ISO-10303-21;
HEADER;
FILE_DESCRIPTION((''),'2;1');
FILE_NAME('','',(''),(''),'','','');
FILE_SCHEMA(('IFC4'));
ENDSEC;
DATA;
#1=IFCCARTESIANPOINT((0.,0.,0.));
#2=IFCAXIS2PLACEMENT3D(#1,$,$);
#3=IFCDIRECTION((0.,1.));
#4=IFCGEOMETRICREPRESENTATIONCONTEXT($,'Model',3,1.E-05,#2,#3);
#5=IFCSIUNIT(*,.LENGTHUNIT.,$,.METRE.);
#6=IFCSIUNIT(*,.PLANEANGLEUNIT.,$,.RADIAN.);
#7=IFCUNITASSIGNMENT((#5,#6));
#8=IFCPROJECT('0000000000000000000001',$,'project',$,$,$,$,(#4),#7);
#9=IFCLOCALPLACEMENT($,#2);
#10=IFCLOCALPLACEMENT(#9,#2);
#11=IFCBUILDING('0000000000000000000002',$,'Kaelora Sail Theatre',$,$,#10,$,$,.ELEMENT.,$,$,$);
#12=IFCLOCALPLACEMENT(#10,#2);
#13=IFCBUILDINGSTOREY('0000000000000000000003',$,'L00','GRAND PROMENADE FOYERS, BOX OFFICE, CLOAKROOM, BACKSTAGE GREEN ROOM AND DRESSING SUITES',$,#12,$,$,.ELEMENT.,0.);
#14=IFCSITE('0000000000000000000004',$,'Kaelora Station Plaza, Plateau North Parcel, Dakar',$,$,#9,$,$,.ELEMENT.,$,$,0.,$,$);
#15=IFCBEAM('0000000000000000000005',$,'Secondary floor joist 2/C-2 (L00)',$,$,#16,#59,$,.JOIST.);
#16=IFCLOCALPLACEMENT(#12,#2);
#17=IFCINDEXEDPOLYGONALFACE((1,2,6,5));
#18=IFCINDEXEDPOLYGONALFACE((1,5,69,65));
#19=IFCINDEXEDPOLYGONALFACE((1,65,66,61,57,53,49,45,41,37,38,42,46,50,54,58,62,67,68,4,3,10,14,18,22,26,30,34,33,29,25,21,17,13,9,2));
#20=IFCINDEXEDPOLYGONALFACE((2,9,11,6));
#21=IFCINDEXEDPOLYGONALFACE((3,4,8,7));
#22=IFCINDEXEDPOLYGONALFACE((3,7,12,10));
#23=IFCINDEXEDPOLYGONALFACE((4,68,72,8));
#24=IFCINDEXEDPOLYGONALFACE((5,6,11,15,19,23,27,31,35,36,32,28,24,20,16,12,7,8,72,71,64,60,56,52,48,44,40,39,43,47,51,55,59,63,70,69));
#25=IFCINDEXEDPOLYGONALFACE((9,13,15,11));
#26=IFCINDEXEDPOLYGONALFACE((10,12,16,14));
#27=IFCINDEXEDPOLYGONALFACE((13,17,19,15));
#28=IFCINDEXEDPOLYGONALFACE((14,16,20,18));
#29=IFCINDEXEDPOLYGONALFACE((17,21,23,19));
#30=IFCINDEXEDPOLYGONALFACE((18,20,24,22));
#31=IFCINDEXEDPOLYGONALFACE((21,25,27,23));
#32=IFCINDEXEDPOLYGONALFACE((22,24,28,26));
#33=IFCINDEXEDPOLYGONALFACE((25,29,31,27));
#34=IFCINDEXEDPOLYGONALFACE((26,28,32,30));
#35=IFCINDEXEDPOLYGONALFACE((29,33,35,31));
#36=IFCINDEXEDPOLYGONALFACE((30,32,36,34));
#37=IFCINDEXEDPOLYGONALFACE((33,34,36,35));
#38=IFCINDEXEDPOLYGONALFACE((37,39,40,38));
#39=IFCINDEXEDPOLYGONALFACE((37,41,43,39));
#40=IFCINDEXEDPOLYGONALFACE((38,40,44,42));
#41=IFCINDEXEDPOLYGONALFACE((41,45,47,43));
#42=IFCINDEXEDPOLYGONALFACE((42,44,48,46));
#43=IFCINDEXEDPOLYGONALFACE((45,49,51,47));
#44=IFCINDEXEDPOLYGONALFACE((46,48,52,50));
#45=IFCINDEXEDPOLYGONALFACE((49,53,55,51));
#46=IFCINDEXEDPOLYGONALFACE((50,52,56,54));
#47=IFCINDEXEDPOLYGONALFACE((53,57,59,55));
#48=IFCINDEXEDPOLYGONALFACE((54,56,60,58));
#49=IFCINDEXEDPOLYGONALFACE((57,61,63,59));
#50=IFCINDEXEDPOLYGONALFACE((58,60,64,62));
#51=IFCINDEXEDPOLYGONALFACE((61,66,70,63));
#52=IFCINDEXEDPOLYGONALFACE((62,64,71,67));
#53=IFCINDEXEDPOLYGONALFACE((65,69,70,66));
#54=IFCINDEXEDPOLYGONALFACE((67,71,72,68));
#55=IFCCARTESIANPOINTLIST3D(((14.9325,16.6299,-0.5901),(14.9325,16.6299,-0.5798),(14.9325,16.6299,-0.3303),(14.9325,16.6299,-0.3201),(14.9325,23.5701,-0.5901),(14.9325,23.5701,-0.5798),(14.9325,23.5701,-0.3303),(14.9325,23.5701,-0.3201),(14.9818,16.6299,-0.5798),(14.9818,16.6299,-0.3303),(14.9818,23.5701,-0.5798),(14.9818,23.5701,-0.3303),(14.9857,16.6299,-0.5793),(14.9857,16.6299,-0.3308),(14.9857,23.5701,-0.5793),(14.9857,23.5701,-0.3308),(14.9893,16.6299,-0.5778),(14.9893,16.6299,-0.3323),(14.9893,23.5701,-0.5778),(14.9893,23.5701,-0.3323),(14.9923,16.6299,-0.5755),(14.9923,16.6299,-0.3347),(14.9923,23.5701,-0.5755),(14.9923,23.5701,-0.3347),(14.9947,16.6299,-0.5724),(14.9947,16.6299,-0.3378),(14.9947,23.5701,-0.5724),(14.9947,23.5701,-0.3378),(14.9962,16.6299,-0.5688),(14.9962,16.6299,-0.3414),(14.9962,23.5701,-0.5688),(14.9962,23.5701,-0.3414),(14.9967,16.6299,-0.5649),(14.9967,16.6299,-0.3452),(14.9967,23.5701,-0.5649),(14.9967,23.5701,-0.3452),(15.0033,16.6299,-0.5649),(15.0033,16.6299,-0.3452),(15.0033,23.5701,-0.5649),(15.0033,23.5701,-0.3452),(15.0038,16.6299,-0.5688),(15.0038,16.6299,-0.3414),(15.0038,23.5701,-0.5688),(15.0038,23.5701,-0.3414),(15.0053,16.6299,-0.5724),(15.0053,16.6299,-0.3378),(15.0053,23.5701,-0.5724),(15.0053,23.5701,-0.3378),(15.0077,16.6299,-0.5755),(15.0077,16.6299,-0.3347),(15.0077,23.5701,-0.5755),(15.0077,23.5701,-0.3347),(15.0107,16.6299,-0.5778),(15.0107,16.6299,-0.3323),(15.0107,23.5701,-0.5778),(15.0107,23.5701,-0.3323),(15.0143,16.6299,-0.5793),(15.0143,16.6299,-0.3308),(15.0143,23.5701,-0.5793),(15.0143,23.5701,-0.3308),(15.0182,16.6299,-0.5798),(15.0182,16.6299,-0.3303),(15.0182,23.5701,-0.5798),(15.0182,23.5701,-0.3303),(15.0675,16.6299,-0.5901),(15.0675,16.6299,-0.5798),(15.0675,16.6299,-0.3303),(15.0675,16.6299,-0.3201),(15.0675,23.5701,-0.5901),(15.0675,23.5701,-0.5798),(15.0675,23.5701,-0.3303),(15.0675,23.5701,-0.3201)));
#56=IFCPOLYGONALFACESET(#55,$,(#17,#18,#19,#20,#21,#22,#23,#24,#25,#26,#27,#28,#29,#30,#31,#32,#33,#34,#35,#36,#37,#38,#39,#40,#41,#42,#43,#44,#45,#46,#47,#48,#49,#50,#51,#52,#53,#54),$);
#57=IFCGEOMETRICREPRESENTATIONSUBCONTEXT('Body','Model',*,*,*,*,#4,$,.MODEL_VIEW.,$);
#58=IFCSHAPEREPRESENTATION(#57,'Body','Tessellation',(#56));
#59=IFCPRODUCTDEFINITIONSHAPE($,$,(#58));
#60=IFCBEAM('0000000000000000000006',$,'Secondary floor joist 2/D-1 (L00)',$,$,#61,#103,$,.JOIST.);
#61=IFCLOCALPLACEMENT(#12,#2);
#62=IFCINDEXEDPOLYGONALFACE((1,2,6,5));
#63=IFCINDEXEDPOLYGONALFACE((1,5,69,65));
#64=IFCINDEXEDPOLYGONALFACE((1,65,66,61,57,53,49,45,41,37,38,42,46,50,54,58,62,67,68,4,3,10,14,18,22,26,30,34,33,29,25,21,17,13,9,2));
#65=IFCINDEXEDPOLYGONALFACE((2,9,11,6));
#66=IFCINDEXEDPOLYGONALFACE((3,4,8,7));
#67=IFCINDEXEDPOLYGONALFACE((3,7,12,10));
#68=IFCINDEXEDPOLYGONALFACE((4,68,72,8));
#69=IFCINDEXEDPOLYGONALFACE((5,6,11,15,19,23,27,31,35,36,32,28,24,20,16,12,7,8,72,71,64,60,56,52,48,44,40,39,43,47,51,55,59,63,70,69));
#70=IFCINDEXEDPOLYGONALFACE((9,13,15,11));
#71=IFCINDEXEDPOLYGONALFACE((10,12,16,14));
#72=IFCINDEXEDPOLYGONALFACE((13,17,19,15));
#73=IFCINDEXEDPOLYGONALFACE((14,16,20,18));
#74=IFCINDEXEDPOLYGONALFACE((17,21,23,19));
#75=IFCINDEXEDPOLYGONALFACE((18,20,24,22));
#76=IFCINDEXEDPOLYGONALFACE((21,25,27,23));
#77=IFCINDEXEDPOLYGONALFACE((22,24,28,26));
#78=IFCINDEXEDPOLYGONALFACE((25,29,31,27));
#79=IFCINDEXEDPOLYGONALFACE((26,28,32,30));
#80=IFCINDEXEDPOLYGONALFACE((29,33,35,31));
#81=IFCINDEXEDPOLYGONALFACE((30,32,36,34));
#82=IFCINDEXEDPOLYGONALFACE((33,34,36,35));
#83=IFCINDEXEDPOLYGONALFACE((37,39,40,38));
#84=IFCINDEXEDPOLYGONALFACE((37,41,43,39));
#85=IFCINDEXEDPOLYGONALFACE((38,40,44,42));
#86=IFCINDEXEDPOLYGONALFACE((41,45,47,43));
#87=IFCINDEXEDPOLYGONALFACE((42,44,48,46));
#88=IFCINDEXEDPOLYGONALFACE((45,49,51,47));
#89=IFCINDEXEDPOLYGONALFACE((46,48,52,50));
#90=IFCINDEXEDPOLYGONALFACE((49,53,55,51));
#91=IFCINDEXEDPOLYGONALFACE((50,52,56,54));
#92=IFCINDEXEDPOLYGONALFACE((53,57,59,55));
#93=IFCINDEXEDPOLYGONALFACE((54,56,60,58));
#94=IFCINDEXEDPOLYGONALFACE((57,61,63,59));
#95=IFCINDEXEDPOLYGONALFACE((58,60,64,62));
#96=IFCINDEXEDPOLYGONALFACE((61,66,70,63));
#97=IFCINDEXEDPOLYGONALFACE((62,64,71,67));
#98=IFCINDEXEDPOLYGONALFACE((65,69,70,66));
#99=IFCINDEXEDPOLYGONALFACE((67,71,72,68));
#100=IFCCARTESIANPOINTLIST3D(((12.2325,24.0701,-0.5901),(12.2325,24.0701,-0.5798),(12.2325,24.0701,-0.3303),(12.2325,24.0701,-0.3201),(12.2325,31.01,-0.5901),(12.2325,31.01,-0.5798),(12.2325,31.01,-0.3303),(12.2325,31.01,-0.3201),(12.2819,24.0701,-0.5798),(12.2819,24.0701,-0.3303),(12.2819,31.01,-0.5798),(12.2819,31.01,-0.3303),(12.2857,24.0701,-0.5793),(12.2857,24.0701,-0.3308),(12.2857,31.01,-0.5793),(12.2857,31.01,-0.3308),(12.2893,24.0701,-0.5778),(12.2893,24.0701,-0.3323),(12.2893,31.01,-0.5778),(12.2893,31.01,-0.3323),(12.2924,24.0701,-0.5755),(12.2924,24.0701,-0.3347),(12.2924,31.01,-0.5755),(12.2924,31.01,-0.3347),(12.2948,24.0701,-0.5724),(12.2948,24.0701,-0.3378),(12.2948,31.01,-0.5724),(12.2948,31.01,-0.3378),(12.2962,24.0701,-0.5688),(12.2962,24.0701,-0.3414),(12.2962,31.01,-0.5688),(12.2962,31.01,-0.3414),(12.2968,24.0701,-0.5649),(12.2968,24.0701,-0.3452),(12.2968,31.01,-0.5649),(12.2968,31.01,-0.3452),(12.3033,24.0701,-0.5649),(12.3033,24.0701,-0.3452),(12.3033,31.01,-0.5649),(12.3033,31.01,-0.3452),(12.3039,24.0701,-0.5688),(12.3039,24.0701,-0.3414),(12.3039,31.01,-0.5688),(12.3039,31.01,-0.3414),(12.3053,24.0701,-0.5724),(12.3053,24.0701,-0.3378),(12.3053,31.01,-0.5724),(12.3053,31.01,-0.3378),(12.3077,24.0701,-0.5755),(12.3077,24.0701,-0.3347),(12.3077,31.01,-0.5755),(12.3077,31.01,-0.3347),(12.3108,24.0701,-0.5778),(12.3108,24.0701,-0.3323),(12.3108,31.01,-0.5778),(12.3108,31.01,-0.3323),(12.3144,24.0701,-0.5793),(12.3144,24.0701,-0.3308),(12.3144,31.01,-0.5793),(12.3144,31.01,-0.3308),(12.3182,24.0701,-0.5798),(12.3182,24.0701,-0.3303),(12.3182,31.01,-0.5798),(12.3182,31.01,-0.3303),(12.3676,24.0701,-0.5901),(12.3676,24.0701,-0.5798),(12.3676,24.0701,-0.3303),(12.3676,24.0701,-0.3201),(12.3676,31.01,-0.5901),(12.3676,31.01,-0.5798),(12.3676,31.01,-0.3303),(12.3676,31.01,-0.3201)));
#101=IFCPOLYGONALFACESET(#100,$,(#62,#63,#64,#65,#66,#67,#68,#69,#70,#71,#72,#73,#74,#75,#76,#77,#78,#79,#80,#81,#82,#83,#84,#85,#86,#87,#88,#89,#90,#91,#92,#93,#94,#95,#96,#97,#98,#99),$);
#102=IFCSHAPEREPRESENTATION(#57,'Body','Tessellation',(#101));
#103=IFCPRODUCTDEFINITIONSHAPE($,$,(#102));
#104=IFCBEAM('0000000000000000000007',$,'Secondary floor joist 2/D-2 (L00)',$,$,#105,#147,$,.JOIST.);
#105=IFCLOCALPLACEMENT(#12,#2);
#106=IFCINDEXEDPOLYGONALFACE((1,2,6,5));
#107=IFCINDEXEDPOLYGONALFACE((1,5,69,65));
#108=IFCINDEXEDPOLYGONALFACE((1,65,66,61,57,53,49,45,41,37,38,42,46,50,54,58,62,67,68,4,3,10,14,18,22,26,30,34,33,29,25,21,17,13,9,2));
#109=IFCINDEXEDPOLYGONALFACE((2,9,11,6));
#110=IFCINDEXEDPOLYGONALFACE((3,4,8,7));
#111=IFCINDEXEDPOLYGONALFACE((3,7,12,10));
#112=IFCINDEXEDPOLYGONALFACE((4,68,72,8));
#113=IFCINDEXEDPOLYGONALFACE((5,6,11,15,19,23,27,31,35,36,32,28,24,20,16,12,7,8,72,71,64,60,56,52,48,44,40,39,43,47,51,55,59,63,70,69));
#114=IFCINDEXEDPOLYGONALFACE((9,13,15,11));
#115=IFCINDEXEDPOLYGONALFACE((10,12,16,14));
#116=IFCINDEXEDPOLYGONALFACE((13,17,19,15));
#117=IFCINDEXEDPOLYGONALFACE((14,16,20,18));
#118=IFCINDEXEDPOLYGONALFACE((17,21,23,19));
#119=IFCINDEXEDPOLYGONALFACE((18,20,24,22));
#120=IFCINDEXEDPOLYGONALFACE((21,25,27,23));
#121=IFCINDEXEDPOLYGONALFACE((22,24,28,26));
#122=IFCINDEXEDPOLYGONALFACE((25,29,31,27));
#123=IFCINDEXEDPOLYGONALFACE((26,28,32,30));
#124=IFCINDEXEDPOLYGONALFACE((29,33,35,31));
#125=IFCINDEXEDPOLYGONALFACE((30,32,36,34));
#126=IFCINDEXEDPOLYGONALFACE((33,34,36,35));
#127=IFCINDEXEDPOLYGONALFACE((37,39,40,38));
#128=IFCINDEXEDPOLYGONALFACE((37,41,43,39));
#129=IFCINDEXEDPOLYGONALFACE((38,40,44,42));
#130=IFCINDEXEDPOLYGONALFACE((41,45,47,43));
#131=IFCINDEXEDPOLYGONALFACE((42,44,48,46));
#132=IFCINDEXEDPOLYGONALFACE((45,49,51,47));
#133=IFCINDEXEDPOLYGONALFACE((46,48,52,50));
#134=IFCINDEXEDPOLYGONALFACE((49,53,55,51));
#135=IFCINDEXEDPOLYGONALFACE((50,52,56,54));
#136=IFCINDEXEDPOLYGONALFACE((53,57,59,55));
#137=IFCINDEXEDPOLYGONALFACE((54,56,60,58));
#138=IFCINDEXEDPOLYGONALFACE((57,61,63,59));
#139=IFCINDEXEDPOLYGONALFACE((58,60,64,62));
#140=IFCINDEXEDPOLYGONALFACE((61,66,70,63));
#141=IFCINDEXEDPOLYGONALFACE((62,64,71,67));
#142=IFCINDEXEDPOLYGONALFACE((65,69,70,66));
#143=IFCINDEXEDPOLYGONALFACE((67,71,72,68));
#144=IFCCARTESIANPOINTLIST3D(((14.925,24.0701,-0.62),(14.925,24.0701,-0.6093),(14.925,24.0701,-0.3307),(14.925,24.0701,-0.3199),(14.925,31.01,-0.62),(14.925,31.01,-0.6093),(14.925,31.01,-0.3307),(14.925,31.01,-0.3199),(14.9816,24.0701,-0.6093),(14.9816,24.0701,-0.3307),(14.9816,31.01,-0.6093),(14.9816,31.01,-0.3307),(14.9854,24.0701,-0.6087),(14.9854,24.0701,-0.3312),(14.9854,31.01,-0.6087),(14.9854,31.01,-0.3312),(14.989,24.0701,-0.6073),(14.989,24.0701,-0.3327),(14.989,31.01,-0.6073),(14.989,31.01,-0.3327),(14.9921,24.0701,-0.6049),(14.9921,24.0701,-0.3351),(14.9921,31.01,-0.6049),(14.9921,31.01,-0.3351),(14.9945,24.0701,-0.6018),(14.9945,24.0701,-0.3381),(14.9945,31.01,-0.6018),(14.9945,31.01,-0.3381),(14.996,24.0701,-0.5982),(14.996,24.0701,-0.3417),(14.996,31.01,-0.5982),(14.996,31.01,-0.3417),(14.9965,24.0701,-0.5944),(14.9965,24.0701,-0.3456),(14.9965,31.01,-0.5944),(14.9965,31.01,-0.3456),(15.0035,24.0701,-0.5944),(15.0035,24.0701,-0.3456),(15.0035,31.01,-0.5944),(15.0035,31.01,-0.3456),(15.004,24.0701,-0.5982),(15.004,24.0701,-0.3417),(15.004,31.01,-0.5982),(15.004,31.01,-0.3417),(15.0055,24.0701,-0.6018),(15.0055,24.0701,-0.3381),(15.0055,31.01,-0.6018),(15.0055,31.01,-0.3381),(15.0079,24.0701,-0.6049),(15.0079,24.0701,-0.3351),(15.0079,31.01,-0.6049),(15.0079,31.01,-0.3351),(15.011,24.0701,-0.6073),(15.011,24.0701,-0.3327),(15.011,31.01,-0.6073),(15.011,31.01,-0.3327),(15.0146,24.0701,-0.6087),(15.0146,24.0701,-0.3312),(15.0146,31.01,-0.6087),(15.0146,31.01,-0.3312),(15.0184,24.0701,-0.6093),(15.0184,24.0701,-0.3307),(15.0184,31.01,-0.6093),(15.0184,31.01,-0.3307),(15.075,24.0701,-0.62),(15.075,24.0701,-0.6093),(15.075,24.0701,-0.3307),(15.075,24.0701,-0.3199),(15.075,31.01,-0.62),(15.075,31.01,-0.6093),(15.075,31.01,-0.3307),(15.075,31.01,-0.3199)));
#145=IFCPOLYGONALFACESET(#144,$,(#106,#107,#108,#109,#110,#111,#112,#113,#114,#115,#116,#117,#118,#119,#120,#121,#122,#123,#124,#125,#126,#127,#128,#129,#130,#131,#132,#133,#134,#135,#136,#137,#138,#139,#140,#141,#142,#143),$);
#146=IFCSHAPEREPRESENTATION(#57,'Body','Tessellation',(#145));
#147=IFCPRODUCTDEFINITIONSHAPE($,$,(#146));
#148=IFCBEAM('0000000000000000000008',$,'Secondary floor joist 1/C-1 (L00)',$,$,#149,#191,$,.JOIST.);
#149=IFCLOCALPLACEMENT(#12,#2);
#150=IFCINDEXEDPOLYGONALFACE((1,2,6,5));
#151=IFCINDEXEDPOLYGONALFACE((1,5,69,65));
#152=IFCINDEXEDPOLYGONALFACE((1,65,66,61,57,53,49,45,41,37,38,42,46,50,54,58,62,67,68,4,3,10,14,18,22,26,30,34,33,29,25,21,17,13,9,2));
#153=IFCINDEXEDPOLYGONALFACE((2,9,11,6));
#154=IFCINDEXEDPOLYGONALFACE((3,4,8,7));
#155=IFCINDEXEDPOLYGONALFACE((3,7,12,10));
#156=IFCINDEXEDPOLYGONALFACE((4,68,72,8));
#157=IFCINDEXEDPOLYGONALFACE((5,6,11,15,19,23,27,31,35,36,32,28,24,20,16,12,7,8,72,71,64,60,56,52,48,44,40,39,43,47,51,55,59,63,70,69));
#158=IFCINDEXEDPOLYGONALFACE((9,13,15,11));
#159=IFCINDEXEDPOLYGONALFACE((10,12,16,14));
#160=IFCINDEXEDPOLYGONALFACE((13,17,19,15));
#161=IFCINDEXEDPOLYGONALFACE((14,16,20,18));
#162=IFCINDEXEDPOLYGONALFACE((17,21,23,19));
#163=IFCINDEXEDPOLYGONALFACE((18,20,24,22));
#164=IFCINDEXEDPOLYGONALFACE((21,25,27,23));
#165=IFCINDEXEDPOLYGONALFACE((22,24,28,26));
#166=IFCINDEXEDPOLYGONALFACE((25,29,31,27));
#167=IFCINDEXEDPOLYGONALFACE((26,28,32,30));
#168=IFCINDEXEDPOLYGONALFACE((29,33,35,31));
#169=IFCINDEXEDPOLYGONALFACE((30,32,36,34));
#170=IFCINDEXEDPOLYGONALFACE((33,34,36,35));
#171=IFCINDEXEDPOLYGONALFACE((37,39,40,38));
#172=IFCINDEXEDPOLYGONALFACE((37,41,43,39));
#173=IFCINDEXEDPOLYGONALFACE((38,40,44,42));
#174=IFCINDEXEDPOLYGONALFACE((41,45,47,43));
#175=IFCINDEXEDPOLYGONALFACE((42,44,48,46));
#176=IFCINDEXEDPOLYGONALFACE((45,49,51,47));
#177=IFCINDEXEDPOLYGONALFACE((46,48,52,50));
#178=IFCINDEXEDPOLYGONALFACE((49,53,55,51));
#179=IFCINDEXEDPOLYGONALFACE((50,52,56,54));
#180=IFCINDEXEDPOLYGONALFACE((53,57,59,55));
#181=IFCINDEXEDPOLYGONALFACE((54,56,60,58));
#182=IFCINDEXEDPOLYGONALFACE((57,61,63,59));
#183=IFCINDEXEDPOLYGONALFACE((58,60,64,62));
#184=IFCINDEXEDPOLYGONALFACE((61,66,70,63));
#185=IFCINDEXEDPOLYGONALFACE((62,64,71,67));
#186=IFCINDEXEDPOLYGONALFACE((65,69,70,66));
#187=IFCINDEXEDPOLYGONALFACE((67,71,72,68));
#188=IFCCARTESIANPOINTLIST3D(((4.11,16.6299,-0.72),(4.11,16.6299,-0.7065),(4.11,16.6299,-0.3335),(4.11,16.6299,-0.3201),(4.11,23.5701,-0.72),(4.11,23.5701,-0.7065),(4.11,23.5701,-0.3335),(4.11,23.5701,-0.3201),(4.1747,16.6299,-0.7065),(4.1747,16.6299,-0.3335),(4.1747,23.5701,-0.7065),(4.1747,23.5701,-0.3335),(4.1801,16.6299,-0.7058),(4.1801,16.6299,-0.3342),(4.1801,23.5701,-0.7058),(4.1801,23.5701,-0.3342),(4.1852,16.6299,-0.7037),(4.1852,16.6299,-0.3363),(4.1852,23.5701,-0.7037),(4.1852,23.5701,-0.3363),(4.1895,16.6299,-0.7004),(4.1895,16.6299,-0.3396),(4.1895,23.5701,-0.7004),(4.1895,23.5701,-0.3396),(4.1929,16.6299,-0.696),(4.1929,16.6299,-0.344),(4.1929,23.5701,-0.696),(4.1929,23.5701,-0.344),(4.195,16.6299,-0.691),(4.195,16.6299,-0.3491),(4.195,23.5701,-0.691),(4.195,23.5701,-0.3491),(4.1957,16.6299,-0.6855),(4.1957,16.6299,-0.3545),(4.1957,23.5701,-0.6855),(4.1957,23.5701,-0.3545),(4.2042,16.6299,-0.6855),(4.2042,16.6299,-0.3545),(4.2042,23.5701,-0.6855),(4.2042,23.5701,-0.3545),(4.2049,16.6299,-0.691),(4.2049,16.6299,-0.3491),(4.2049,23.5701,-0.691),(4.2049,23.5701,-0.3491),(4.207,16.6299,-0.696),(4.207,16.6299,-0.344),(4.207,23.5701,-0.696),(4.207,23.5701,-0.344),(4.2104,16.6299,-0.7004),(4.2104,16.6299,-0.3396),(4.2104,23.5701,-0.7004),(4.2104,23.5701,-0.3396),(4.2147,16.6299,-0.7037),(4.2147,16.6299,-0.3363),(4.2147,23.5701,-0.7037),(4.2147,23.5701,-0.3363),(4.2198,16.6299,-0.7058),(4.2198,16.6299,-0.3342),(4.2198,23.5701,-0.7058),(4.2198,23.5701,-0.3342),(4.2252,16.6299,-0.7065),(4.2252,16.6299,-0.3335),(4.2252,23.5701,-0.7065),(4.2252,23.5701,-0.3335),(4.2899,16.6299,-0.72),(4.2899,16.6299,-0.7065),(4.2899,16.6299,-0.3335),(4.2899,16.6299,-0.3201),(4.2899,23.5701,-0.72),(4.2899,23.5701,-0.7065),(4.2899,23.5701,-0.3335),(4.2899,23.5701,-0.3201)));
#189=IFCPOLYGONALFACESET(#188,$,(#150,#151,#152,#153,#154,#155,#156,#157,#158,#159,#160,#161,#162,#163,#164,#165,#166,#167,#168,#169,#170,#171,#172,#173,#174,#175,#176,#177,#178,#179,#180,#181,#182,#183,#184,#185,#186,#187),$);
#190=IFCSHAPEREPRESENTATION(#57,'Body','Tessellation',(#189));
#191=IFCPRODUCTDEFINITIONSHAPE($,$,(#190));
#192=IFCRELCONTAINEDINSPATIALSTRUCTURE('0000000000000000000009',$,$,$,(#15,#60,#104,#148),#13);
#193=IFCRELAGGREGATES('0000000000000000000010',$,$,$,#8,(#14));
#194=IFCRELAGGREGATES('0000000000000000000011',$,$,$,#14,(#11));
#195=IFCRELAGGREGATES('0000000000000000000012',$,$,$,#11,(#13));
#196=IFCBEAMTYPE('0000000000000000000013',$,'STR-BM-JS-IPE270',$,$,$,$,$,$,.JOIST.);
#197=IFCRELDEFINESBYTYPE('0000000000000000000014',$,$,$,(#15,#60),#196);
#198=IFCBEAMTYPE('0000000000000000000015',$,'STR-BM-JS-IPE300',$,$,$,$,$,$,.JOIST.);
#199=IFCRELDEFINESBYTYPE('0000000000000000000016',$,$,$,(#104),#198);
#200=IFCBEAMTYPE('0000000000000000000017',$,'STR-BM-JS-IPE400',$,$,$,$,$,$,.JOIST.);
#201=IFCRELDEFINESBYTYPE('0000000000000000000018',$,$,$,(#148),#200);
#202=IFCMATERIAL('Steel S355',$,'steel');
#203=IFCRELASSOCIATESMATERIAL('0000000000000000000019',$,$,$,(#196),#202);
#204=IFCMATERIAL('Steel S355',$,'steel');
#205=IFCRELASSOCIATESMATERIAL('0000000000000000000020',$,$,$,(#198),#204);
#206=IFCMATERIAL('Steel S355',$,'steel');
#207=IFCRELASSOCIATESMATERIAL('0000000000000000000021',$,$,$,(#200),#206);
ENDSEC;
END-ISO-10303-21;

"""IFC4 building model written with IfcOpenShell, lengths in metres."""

from ifc_helpers import new_model, si_unit, direction, frame, origin, origin_2d, place, context, subcontext, project, spatial, i_section, extrude, material, material_profile, profile_set, type_object, element, save


model = new_model("IFC4")

# Units and contexts
model_context = context("Model", 3, precision=1e-05, world=origin(), true_north=direction((0.0, 1.0)))
body_context = subcontext(model_context, "Body", "Model", "MODEL_VIEW")
ifc_project = project(units=[si_unit("LENGTHUNIT", "METRE"), si_unit("PLANEANGLEUNIT", "RADIAN")], contexts=[model_context])

# Site, building, storey
site_placement = place(None, origin())
site = spatial("IfcSite", under=ifc_project, at=site_placement, Name="Kaelora Station Plaza, Plateau North Parcel, Dakar", CompositionType="ELEMENT", RefElevation=0.0)
building_placement = place(site_placement, origin())
building = spatial("IfcBuilding", under=site, at=building_placement, Name="Kaelora Sail Theatre", CompositionType="ELEMENT")
storey_placement = place(building_placement, origin())
storey = spatial("IfcBuildingStorey", under=building, at=storey_placement, Name="L00", Description="GRAND PROMENADE FOYERS, BOX OFFICE, CLOAKROOM, BACKSTAGE GREEN ROOM AND DRESSING SUITES", CompositionType="ELEMENT", Elevation=0.0)

# Beams
ifc_material_1 = material(Name="Steel S355", Category="steel")
ifc_material_profile_1 = material_profile(ifc_material_1, i_section(OverallWidth=0.135, OverallDepth=0.27, WebThickness=0.0066, FlangeThickness=0.0103, FilletRadius=0.0149, at=origin_2d()), Name="IPE 270")
ifc_profile_set_1 = profile_set([ifc_material_profile_1], Name="Steel S355")
beam_type_1 = type_object("IfcBeamType", Name="STR-BM-JS-IPE270", PredefinedType="JOIST", material=ifc_profile_set_1)
beam_1_placement = place(storey_placement, frame((15.0, 16.6299, -0.4551), z_axis=(0.0, 1.0, 0.0), x_axis=(-1.0, 0.0, 0.0)))
element("IfcBeam", 1, at=beam_1_placement, inside=storey, type_object=beam_type_1, Name="Secondary floor joist 2/C-2 (L00)", PredefinedType="JOIST", context=body_context, shape_type="SweptSolid", body=[
    extrude(i_section(OverallWidth=0.135, OverallDepth=0.27, WebThickness=0.0066, FlangeThickness=0.0103, FilletRadius=0.0149, at=origin_2d()), origin(), (0.0, 0.0, 1.0), 6.9402),
])
beam_2_placement = place(storey_placement, frame((12.3, 24.0701, -0.4551), z_axis=(0.0, 1.0, 0.0), x_axis=(-1.0, 0.0, 0.0)))
element("IfcBeam", 2, at=beam_2_placement, inside=storey, type_object=beam_type_1, Name="Secondary floor joist 2/D-1 (L00)", PredefinedType="JOIST", context=body_context, shape_type="SweptSolid", body=[
    extrude(i_section(OverallWidth=0.135, OverallDepth=0.27, WebThickness=0.0066, FlangeThickness=0.0103, FilletRadius=0.0149, at=origin_2d()), origin(), (0.0, 0.0, 1.0), 6.9399),
])
ifc_material_2 = material(Name="Steel S355", Category="steel")
ifc_material_profile_2 = material_profile(ifc_material_2, i_section(OverallWidth=0.1499, OverallDepth=0.3, WebThickness=0.0071, FlangeThickness=0.0107, FilletRadius=0.0149, at=origin_2d()), Name="IPE 300")
ifc_profile_set_2 = profile_set([ifc_material_profile_2], Name="Steel S355")
beam_type_2 = type_object("IfcBeamType", Name="STR-BM-JS-IPE300", PredefinedType="JOIST", material=ifc_profile_set_2)
beam_3_placement = place(storey_placement, frame((15.0, 24.0701, -0.47), z_axis=(0.0, 1.0, 0.0), x_axis=(-1.0, 0.0, 0.0)))
element("IfcBeam", 3, at=beam_3_placement, inside=storey, type_object=beam_type_2, Name="Secondary floor joist 2/D-2 (L00)", PredefinedType="JOIST", context=body_context, shape_type="SweptSolid", body=[
    extrude(i_section(OverallWidth=0.1499, OverallDepth=0.3, WebThickness=0.0071, FlangeThickness=0.0107, FilletRadius=0.0149, at=origin_2d()), origin(), (0.0, 0.0, 1.0), 6.9399),
])
ifc_material_3 = material(Name="Steel S355", Category="steel")
ifc_material_profile_3 = material_profile(ifc_material_3, i_section(OverallWidth=0.1799, OverallDepth=0.3999, WebThickness=0.0085, FlangeThickness=0.0134, FilletRadius=0.021, at=origin_2d()), Name="IPE 400")
ifc_profile_set_3 = profile_set([ifc_material_profile_3], Name="Steel S355")
beam_type_3 = type_object("IfcBeamType", Name="STR-BM-JS-IPE400", PredefinedType="JOIST", material=ifc_profile_set_3)
beam_4_placement = place(storey_placement, frame((4.2, 16.6299, -0.52), z_axis=(0.0, 1.0, 0.0), x_axis=(-1.0, 0.0, 0.0)))
element("IfcBeam", 4, at=beam_4_placement, inside=storey, type_object=beam_type_3, Name="Secondary floor joist 1/C-1 (L00)", PredefinedType="JOIST", context=body_context, shape_type="SweptSolid", body=[
    extrude(i_section(OverallWidth=0.1799, OverallDepth=0.3999, WebThickness=0.0085, FlangeThickness=0.0134, FilletRadius=0.021, at=origin_2d()), origin(), (0.0, 0.0, 1.0), 6.9402),
])

save(model, "model.ifc")
